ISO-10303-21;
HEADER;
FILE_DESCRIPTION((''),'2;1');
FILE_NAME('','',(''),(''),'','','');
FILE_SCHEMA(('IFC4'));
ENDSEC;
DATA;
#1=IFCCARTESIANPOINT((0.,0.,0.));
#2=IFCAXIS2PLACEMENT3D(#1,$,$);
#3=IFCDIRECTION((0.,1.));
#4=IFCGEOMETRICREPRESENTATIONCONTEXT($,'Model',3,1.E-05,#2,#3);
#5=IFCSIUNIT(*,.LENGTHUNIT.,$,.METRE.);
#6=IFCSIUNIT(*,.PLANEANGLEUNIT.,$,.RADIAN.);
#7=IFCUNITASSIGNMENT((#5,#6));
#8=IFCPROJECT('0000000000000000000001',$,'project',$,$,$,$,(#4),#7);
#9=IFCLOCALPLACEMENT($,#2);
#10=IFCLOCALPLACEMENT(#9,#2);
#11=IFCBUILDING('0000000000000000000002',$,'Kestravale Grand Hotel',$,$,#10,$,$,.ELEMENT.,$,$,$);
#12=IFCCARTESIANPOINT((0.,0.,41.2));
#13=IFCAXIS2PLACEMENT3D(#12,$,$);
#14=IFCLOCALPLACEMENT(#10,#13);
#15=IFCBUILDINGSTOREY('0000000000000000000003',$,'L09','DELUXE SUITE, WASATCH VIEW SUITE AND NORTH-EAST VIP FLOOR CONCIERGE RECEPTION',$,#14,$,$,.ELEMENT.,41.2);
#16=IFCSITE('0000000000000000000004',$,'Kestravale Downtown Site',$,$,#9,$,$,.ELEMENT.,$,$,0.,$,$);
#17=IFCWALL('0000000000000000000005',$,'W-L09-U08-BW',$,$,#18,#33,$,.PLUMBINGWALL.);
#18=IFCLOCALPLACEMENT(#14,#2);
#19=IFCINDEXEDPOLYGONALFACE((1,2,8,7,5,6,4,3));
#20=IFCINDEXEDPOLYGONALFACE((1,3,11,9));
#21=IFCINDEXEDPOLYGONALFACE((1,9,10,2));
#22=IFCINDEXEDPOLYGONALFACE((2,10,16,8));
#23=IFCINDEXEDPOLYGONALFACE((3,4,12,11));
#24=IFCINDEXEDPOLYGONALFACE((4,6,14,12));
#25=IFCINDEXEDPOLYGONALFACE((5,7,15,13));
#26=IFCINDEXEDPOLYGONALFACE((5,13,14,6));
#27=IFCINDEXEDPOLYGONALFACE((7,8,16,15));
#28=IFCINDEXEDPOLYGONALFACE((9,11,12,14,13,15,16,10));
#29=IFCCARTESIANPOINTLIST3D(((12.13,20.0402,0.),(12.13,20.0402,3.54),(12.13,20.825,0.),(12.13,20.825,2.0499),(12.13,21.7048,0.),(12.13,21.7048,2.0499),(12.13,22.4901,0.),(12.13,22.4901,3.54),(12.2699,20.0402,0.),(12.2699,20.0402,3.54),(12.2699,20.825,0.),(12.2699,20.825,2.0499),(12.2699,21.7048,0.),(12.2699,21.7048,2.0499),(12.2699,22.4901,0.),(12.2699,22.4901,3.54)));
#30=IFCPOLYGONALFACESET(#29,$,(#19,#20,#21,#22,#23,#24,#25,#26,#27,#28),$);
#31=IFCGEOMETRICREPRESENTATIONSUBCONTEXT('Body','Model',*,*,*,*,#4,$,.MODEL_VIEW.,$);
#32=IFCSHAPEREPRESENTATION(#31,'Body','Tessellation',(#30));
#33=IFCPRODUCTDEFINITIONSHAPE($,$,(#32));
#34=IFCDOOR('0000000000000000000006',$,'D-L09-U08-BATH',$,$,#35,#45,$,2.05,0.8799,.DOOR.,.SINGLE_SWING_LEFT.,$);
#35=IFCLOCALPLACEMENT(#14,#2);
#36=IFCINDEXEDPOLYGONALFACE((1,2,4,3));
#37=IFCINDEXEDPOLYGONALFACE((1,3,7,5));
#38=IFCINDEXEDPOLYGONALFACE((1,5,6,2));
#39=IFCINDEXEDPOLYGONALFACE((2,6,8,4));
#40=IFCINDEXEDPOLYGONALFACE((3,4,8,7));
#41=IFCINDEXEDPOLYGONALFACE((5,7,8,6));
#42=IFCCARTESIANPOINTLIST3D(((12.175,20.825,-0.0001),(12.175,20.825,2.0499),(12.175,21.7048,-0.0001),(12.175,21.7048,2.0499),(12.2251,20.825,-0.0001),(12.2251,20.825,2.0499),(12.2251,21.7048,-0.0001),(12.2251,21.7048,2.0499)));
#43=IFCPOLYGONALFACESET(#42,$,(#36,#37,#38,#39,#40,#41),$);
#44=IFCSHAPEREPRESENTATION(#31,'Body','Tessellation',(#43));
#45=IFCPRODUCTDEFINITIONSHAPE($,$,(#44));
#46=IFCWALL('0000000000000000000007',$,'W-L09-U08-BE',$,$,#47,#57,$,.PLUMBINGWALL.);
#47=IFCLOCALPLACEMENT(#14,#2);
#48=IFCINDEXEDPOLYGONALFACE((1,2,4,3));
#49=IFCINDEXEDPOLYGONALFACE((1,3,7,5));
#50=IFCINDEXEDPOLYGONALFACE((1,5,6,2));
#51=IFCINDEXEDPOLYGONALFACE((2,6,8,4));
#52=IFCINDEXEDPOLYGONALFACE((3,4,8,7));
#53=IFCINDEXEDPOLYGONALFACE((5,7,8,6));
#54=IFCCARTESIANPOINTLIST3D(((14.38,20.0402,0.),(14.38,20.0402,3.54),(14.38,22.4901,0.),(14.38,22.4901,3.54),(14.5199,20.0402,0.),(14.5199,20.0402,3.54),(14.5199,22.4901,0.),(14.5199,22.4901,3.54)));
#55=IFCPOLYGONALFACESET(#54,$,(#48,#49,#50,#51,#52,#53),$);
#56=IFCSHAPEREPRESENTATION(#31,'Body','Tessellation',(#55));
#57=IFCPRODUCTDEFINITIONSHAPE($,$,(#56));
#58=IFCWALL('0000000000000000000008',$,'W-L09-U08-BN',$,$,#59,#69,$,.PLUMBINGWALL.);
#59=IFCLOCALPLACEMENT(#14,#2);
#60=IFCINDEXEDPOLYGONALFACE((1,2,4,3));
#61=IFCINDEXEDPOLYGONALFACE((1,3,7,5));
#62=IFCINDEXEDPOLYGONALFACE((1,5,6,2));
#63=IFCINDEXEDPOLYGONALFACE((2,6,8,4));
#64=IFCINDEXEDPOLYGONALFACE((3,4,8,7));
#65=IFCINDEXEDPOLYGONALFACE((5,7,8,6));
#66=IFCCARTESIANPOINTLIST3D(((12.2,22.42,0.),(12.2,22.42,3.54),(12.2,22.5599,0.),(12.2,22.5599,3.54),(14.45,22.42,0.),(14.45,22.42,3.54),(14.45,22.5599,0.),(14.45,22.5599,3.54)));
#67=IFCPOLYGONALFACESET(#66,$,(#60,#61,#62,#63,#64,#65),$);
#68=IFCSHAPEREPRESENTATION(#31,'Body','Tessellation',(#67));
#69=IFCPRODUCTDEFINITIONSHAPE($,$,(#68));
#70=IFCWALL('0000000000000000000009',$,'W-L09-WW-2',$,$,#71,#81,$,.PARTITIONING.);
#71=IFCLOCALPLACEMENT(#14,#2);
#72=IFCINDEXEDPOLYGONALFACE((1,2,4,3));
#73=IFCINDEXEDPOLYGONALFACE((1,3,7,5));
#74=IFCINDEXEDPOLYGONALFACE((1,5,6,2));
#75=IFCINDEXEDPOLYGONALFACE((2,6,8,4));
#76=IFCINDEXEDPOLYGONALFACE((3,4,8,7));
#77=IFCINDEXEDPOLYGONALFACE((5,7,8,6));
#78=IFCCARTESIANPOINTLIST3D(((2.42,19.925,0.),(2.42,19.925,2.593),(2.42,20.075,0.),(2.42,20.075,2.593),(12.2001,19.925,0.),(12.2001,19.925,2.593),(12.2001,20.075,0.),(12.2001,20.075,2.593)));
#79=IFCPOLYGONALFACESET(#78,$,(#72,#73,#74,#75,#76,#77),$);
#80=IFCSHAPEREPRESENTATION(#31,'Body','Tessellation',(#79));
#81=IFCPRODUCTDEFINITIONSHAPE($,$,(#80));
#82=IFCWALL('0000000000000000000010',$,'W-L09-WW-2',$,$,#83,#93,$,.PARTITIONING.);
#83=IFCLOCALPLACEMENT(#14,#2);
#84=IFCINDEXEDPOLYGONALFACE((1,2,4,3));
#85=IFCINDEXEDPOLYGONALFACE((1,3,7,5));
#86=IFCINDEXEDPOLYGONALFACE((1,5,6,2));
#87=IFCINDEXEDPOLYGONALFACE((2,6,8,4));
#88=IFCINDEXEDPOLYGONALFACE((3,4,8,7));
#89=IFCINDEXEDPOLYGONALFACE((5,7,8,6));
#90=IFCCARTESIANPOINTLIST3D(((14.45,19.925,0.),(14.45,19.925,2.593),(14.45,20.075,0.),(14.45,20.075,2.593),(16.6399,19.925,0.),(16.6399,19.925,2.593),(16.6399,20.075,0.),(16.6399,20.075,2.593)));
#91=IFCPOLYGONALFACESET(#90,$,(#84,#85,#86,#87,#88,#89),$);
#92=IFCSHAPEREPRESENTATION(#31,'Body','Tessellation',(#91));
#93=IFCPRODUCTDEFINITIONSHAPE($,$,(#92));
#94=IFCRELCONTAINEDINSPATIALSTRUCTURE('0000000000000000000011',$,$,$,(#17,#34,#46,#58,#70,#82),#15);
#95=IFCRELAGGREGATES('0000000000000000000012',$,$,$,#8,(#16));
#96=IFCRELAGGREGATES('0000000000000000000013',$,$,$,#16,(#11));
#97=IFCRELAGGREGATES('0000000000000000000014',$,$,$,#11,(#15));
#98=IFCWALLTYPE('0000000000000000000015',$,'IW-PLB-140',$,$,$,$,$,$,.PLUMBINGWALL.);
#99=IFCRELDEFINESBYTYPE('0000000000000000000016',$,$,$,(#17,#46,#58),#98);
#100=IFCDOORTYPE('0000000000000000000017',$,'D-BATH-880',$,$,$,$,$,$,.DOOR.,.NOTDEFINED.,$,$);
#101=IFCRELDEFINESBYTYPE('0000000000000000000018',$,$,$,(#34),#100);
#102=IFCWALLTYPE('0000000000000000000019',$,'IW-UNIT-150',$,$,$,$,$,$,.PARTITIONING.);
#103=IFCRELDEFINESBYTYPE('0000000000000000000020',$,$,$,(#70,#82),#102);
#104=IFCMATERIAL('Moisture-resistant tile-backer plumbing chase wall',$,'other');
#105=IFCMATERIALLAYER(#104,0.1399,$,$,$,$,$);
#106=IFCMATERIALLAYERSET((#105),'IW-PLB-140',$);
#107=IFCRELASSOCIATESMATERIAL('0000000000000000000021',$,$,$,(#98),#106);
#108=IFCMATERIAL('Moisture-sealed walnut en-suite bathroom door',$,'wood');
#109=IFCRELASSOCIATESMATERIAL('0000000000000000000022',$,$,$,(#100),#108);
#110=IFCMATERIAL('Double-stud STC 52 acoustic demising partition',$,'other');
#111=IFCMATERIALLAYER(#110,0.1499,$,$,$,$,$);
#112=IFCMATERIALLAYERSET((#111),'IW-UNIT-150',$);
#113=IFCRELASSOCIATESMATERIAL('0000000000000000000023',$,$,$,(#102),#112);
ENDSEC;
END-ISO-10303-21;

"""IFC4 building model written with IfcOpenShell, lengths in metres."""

from ifc_helpers import new_model, si_unit, direction, frame, frame_2d, origin, place, context, subcontext, project, spatial, rectangle, extrude, material, layer, layer_set, type_object, element, fill, save


model = new_model("IFC4")

# Units and contexts
model_context = context("Model", 3, precision=1e-05, world=origin(), true_north=direction((0.0, 1.0)))
body_context = subcontext(model_context, "Body", "Model", "MODEL_VIEW")
ifc_project = project(units=[si_unit("LENGTHUNIT", "METRE"), si_unit("PLANEANGLEUNIT", "RADIAN")], contexts=[model_context])

# Site, building, storey
site_placement = place(None, origin())
site = spatial("IfcSite", under=ifc_project, at=site_placement, Name="Kestravale Downtown Site", CompositionType="ELEMENT", RefElevation=0.0)
building_placement = place(site_placement, origin())
building = spatial("IfcBuilding", under=site, at=building_placement, Name="Kestravale Grand Hotel", CompositionType="ELEMENT")
storey_placement = place(building_placement, frame((0.0, 0.0, 41.2)))
storey = spatial("IfcBuildingStorey", under=building, at=storey_placement, Name="L09", Description="DELUXE SUITE, WASATCH VIEW SUITE AND NORTH-EAST VIP FLOOR CONCIERGE RECEPTION", CompositionType="ELEMENT", Elevation=41.2)

# Shared definitions
ifc_material_1 = material(Name="Moisture-resistant tile-backer plumbing chase wall", Category="other")
ifc_layer_1 = layer(ifc_material_1, 0.1399)
ifc_layer_set_1 = layer_set([ifc_layer_1], Name="IW-PLB-140")
wall_type_1 = type_object("IfcWallType", Name="IW-PLB-140", PredefinedType="PLUMBINGWALL", material=ifc_layer_set_1)
ifc_material_2 = material(Name="Moisture-sealed walnut en-suite bathroom door", Category="wood")
door_type_1 = type_object("IfcDoorType", Name="D-BATH-880", OperationType="NOTDEFINED", PredefinedType="DOOR", material=ifc_material_2)

# Wall, opening, door
wall_1_placement = place(storey_placement, frame((12.2, 20.04, 0.0), z_axis=(0.0, 0.0, 1.0), x_axis=(0.0, 1.0, 0.0)))
wall_1 = element("IfcWall", 1, at=wall_1_placement, inside=storey, type_object=wall_type_1, Name="W-L09-U08-BW", PredefinedType="PLUMBINGWALL", context=body_context, shape_type="SweptSolid", body=[
    extrude(rectangle(XDim=2.45, YDim=0.1399, at=frame_2d((1.2251, 0.0))), origin(), (0.0, 0.0, 1.0), 3.54),
])
opening_1_placement = place(wall_1_placement, frame((0.7849, 0.0, 0.0)))
opening_1 = element("IfcOpeningElement", 2, at=opening_1_placement, cuts=wall_1, PredefinedType="OPENING", context=body_context, shape_type="SweptSolid", body=[
    extrude(rectangle(XDim=0.8799, YDim=2.05, at=frame_2d((0.4399, 1.0249))), frame((0.0, 0.0798, 0.0), z_axis=(0.0, -1.0, 0.0), x_axis=(1.0, 0.0, 0.0)), (0.0, 0.0, 1.0), 0.1599),
])
door_1_placement = place(opening_1_placement, origin())
door_1 = element("IfcDoor", 3, at=door_1_placement, inside=storey, type_object=door_type_1, Name="D-L09-U08-BATH", OperationType="SINGLE_SWING_LEFT", OverallHeight=2.05, OverallWidth=0.8799, PredefinedType="DOOR", context=body_context, shape_type="SweptSolid", body=[
    extrude(rectangle(XDim=0.8799, YDim=2.05, at=frame_2d((0.4399, 1.0249))), frame((0.0, 0.0249, 0.0), z_axis=(0.0, -1.0, 0.0), x_axis=(1.0, 0.0, 0.0)), (0.0, 0.0, 1.0), 0.05),
])
fill(opening_1, door_1)

# Walls
wall_2_placement = place(storey_placement, frame((14.45, 20.04, 0.0), z_axis=(0.0, 0.0, 1.0), x_axis=(0.0, 1.0, 0.0)))
element("IfcWall", 4, at=wall_2_placement, inside=storey, type_object=wall_type_1, Name="W-L09-U08-BE", PredefinedType="PLUMBINGWALL", context=body_context, shape_type="SweptSolid", body=[
    extrude(rectangle(XDim=2.45, YDim=0.1399, at=frame_2d((1.2251, 0.0))), origin(), (0.0, 0.0, 1.0), 3.54),
])
wall_3_placement = place(storey_placement, frame((12.2, 22.49, 0.0), z_axis=(0.0, 0.0, 1.0), x_axis=(1.0, 0.0, 0.0)))
element("IfcWall", 5, at=wall_3_placement, inside=storey, type_object=wall_type_1, Name="W-L09-U08-BN", PredefinedType="PLUMBINGWALL", context=body_context, shape_type="SweptSolid", body=[
    extrude(rectangle(XDim=2.25, YDim=0.1399, at=frame_2d((1.125, 0.0))), origin(), (0.0, 0.0, 1.0), 3.54),
])
ifc_material_3 = material(Name="Double-stud STC 52 acoustic demising partition", Category="other")
ifc_layer_2 = layer(ifc_material_3, 0.1499)
ifc_layer_set_2 = layer_set([ifc_layer_2], Name="IW-UNIT-150")
wall_type_2 = type_object("IfcWallType", Name="IW-UNIT-150", PredefinedType="PARTITIONING", material=ifc_layer_set_2)
wall_4_placement = place(storey_placement, frame((2.4199, 20.0, 0.0), z_axis=(0.0, 0.0, 1.0), x_axis=(1.0, 0.0, 0.0)))
element("IfcWall", 6, at=wall_4_placement, inside=storey, type_object=wall_type_2, Name="W-L09-WW-2", PredefinedType="PARTITIONING", context=body_context, shape_type="SweptSolid", body=[
    extrude(rectangle(XDim=9.78, YDim=0.1499, at=frame_2d((4.8901, 0.0))), origin(), (0.0, 0.0, 1.0), 2.593),
])
wall_5_placement = place(storey_placement, frame((14.45, 20.0, 0.0), z_axis=(0.0, 0.0, 1.0), x_axis=(1.0, 0.0, 0.0)))
element("IfcWall", 7, at=wall_5_placement, inside=storey, type_object=wall_type_2, Name="W-L09-WW-2", PredefinedType="PARTITIONING", context=body_context, shape_type="SweptSolid", body=[
    extrude(rectangle(XDim=2.1899, YDim=0.1499, at=frame_2d((1.095, 0.0))), origin(), (0.0, 0.0, 1.0), 2.593),
])

save(model, "model.ifc")
